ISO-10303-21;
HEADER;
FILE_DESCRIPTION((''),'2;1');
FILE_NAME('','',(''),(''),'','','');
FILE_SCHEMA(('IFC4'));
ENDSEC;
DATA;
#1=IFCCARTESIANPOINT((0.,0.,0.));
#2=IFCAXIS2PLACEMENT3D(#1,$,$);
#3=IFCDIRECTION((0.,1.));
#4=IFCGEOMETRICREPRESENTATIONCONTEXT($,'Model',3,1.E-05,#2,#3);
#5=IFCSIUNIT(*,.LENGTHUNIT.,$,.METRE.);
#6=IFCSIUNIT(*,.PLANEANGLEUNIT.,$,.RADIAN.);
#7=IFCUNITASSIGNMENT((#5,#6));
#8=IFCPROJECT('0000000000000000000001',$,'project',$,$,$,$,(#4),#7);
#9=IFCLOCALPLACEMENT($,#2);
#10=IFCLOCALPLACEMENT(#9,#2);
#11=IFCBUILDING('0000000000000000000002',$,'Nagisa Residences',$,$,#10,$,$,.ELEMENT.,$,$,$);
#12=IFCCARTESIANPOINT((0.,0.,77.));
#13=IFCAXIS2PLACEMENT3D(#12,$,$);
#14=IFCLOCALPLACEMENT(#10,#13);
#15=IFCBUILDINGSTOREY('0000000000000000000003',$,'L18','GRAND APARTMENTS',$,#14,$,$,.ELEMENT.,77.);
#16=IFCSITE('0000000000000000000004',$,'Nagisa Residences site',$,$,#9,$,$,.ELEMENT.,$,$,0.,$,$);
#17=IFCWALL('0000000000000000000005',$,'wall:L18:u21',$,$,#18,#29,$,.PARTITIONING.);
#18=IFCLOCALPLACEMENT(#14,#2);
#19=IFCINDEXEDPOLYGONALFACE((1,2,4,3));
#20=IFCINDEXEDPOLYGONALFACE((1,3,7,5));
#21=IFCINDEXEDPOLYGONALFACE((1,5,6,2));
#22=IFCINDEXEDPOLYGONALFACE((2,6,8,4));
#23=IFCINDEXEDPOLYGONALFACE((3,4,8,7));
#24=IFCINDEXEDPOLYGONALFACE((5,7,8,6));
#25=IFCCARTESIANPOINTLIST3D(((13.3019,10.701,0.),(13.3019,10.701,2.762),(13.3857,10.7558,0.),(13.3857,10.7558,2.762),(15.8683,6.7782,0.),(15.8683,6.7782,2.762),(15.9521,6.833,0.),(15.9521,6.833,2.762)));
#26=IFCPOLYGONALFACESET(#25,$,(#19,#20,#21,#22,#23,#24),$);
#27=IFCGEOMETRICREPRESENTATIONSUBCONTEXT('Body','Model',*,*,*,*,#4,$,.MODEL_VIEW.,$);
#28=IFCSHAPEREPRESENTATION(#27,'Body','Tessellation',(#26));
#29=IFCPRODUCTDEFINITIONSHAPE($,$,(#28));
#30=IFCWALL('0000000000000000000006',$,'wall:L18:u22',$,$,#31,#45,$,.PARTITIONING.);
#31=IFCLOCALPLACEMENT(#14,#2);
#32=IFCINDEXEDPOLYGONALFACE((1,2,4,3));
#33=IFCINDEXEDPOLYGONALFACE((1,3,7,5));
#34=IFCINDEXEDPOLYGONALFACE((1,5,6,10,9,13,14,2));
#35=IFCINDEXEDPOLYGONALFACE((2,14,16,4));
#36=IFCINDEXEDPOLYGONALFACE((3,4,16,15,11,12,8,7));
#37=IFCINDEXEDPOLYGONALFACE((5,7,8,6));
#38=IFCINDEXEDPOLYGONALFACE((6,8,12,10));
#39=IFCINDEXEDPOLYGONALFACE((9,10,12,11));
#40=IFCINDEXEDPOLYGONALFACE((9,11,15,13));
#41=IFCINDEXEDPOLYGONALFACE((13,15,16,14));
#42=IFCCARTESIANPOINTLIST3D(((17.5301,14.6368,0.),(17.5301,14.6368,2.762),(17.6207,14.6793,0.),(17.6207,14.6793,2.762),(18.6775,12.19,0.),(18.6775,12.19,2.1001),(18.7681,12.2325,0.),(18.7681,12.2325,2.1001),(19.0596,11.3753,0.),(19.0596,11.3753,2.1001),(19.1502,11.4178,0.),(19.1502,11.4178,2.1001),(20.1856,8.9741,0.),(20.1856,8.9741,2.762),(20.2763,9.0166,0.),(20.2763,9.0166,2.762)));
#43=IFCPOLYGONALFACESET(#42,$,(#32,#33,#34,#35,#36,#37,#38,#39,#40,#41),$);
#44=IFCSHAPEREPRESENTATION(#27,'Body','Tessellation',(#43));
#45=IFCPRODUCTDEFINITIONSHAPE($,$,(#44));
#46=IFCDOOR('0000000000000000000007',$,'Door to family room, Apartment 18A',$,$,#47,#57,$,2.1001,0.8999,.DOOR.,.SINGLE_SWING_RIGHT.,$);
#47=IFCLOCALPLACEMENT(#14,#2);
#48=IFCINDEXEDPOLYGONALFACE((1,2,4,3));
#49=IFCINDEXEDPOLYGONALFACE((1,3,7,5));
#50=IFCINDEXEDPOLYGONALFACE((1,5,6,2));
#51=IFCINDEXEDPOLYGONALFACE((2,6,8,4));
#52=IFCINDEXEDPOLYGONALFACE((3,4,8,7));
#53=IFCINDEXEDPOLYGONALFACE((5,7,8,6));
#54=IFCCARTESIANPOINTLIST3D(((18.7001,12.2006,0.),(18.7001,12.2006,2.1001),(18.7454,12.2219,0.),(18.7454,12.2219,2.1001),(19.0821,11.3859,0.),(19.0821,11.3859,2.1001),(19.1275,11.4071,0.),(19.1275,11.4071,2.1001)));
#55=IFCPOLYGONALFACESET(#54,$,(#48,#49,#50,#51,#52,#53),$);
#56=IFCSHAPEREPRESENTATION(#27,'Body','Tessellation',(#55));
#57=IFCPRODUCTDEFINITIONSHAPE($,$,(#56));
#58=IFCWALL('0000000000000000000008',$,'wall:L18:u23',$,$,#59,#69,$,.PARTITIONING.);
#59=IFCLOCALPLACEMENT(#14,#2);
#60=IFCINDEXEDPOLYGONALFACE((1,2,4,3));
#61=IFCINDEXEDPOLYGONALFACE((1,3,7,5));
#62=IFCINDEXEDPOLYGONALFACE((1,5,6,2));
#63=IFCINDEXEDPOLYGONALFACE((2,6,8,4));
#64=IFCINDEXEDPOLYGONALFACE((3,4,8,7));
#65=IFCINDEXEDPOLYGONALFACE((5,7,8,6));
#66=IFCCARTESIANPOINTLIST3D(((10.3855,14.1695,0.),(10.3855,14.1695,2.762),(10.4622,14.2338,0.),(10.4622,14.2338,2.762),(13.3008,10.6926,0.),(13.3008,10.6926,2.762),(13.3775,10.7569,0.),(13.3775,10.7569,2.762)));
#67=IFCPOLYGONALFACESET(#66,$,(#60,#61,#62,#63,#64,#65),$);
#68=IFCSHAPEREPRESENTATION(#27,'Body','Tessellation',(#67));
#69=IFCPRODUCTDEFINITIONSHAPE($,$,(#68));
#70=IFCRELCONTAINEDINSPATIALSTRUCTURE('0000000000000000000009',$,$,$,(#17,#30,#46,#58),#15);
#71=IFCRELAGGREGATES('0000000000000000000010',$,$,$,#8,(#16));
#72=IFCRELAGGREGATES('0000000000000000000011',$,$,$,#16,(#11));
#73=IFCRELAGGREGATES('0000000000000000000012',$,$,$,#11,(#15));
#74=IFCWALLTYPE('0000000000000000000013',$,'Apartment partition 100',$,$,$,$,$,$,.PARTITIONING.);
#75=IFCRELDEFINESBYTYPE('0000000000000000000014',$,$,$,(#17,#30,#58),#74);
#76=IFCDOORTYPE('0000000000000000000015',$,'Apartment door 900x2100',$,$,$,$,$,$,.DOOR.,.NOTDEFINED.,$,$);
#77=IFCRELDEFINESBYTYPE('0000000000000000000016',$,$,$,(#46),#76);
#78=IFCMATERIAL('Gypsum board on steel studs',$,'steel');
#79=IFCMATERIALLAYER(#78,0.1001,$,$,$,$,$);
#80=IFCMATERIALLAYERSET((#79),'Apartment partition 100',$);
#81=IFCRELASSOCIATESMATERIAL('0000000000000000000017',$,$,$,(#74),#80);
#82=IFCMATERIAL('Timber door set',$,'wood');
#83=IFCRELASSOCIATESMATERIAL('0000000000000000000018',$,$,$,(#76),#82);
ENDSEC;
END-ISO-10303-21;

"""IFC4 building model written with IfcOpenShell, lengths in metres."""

from ifc_helpers import new_model, si_unit, direction, frame, frame_2d, origin, place, context, subcontext, project, spatial, rectangle, extrude, material, layer, layer_set, type_object, element, fill, save


model = new_model("IFC4")

# Units and contexts
model_context = context("Model", 3, precision=1e-05, world=origin(), true_north=direction((0.0, 1.0)))
body_context = subcontext(model_context, "Body", "Model", "MODEL_VIEW")
ifc_project = project(units=[si_unit("LENGTHUNIT", "METRE"), si_unit("PLANEANGLEUNIT", "RADIAN")], contexts=[model_context])

# Site, building, storey
site_placement = place(None, origin())
site = spatial("IfcSite", under=ifc_project, at=site_placement, Name="Nagisa Residences site", CompositionType="ELEMENT", RefElevation=0.0)
building_placement = place(site_placement, origin())
building = spatial("IfcBuilding", under=site, at=building_placement, Name="Nagisa Residences", CompositionType="ELEMENT")
storey_placement = place(building_placement, frame((0.0, 0.0, 77.0)))
storey = spatial("IfcBuildingStorey", under=building, at=storey_placement, Name="L18", Description="GRAND APARTMENTS", CompositionType="ELEMENT", Elevation=77.0)

# Shared definitions
ifc_material_1 = material(Name="Gypsum board on steel studs", Category="steel")
ifc_layer_1 = layer(ifc_material_1, 0.1001)
ifc_layer_set_1 = layer_set([ifc_layer_1], Name="Apartment partition 100")
wall_type_1 = type_object("IfcWallType", Name="Apartment partition 100", PredefinedType="PARTITIONING", material=ifc_layer_set_1)
ifc_material_2 = material(Name="Timber door set", Category="wood")
door_type_1 = type_object("IfcDoorType", Name="Apartment door 900x2100", OperationType="NOTDEFINED", PredefinedType="DOOR", material=ifc_material_2)

# Wall
wall_1_placement = place(storey_placement, frame((15.9102, 6.8057, 0.0), z_axis=(0.0, 0.0, 1.0), x_axis=(-0.547468, 0.836826, 0.0)))
element("IfcWall", 1, at=wall_1_placement, inside=storey, type_object=wall_type_1, Name="wall:L18:u21", PredefinedType="PARTITIONING", context=body_context, shape_type="SweptSolid", body=[
    extrude(rectangle(XDim=4.6877, YDim=0.1001, at=frame_2d((2.3438, 0.0))), origin(), (0.0, 0.0, 1.0), 2.762),
])

# Wall, opening, door
wall_2_placement = place(storey_placement, frame((20.231, 8.9954, 0.0), z_axis=(0.0, 0.0, 1.0), x_axis=(-0.424588, 0.905387, 0.0)))
wall_2 = element("IfcWall", 2, at=wall_2_placement, inside=storey, type_object=wall_type_1, Name="wall:L18:u22", PredefinedType="PARTITIONING", context=body_context, shape_type="SweptSolid", body=[
    extrude(rectangle(XDim=6.2544, YDim=0.1001, at=frame_2d((3.1272, 0.0))), origin(), (0.0, 0.0, 1.0), 2.762),
])
opening_1_placement = place(wall_2_placement, frame((2.6521, 0.0, 0.0)))
opening_1 = element("IfcOpeningElement", 3, at=opening_1_placement, cuts=wall_2, PredefinedType="OPENING", context=body_context, shape_type="SweptSolid", body=[
    extrude(rectangle(XDim=0.8999, YDim=2.1001, at=frame_2d((0.45, 1.05))), frame((0.0, 0.0601, 0.0), z_axis=(0.0, -1.0, 0.0), x_axis=(1.0, 0.0, 0.0)), (0.0, 0.0, 1.0), 0.1201),
])
door_1_placement = place(opening_1_placement, frame((0.8999, 0.0, 0.0), x_axis=(-1.0, 0.0, 0.0)))
door_1 = element("IfcDoor", 4, at=door_1_placement, inside=storey, type_object=door_type_1, Name="Door to family room, Apartment 18A", OperationType="SINGLE_SWING_RIGHT", OverallHeight=2.1001, OverallWidth=0.8999, PredefinedType="DOOR", context=body_context, shape_type="SweptSolid", body=[
    extrude(rectangle(XDim=0.8999, YDim=2.1001, at=frame_2d((0.45, 1.05))), frame((0.0, 0.0249, 0.0), z_axis=(0.0, -1.0, 0.0), x_axis=(1.0, 0.0, 0.0)), (0.0, 0.0, 1.0), 0.05),
])
fill(opening_1, door_1)

# Wall
wall_3_placement = place(storey_placement, frame((13.3391, 10.7249, 0.0), z_axis=(0.0, 0.0, 1.0), x_axis=(-0.642515, 0.766273, 0.0)))
element("IfcWall", 5, at=wall_3_placement, inside=storey, type_object=wall_type_1, Name="wall:L18:u23", PredefinedType="PARTITIONING", context=body_context, shape_type="SweptSolid", body=[
    extrude(rectangle(XDim=4.5374, YDim=0.1001, at=frame_2d((2.2686, 0.0))), origin(), (0.0, 0.0, 1.0), 2.762),
])

save(model, "model.ifc")
